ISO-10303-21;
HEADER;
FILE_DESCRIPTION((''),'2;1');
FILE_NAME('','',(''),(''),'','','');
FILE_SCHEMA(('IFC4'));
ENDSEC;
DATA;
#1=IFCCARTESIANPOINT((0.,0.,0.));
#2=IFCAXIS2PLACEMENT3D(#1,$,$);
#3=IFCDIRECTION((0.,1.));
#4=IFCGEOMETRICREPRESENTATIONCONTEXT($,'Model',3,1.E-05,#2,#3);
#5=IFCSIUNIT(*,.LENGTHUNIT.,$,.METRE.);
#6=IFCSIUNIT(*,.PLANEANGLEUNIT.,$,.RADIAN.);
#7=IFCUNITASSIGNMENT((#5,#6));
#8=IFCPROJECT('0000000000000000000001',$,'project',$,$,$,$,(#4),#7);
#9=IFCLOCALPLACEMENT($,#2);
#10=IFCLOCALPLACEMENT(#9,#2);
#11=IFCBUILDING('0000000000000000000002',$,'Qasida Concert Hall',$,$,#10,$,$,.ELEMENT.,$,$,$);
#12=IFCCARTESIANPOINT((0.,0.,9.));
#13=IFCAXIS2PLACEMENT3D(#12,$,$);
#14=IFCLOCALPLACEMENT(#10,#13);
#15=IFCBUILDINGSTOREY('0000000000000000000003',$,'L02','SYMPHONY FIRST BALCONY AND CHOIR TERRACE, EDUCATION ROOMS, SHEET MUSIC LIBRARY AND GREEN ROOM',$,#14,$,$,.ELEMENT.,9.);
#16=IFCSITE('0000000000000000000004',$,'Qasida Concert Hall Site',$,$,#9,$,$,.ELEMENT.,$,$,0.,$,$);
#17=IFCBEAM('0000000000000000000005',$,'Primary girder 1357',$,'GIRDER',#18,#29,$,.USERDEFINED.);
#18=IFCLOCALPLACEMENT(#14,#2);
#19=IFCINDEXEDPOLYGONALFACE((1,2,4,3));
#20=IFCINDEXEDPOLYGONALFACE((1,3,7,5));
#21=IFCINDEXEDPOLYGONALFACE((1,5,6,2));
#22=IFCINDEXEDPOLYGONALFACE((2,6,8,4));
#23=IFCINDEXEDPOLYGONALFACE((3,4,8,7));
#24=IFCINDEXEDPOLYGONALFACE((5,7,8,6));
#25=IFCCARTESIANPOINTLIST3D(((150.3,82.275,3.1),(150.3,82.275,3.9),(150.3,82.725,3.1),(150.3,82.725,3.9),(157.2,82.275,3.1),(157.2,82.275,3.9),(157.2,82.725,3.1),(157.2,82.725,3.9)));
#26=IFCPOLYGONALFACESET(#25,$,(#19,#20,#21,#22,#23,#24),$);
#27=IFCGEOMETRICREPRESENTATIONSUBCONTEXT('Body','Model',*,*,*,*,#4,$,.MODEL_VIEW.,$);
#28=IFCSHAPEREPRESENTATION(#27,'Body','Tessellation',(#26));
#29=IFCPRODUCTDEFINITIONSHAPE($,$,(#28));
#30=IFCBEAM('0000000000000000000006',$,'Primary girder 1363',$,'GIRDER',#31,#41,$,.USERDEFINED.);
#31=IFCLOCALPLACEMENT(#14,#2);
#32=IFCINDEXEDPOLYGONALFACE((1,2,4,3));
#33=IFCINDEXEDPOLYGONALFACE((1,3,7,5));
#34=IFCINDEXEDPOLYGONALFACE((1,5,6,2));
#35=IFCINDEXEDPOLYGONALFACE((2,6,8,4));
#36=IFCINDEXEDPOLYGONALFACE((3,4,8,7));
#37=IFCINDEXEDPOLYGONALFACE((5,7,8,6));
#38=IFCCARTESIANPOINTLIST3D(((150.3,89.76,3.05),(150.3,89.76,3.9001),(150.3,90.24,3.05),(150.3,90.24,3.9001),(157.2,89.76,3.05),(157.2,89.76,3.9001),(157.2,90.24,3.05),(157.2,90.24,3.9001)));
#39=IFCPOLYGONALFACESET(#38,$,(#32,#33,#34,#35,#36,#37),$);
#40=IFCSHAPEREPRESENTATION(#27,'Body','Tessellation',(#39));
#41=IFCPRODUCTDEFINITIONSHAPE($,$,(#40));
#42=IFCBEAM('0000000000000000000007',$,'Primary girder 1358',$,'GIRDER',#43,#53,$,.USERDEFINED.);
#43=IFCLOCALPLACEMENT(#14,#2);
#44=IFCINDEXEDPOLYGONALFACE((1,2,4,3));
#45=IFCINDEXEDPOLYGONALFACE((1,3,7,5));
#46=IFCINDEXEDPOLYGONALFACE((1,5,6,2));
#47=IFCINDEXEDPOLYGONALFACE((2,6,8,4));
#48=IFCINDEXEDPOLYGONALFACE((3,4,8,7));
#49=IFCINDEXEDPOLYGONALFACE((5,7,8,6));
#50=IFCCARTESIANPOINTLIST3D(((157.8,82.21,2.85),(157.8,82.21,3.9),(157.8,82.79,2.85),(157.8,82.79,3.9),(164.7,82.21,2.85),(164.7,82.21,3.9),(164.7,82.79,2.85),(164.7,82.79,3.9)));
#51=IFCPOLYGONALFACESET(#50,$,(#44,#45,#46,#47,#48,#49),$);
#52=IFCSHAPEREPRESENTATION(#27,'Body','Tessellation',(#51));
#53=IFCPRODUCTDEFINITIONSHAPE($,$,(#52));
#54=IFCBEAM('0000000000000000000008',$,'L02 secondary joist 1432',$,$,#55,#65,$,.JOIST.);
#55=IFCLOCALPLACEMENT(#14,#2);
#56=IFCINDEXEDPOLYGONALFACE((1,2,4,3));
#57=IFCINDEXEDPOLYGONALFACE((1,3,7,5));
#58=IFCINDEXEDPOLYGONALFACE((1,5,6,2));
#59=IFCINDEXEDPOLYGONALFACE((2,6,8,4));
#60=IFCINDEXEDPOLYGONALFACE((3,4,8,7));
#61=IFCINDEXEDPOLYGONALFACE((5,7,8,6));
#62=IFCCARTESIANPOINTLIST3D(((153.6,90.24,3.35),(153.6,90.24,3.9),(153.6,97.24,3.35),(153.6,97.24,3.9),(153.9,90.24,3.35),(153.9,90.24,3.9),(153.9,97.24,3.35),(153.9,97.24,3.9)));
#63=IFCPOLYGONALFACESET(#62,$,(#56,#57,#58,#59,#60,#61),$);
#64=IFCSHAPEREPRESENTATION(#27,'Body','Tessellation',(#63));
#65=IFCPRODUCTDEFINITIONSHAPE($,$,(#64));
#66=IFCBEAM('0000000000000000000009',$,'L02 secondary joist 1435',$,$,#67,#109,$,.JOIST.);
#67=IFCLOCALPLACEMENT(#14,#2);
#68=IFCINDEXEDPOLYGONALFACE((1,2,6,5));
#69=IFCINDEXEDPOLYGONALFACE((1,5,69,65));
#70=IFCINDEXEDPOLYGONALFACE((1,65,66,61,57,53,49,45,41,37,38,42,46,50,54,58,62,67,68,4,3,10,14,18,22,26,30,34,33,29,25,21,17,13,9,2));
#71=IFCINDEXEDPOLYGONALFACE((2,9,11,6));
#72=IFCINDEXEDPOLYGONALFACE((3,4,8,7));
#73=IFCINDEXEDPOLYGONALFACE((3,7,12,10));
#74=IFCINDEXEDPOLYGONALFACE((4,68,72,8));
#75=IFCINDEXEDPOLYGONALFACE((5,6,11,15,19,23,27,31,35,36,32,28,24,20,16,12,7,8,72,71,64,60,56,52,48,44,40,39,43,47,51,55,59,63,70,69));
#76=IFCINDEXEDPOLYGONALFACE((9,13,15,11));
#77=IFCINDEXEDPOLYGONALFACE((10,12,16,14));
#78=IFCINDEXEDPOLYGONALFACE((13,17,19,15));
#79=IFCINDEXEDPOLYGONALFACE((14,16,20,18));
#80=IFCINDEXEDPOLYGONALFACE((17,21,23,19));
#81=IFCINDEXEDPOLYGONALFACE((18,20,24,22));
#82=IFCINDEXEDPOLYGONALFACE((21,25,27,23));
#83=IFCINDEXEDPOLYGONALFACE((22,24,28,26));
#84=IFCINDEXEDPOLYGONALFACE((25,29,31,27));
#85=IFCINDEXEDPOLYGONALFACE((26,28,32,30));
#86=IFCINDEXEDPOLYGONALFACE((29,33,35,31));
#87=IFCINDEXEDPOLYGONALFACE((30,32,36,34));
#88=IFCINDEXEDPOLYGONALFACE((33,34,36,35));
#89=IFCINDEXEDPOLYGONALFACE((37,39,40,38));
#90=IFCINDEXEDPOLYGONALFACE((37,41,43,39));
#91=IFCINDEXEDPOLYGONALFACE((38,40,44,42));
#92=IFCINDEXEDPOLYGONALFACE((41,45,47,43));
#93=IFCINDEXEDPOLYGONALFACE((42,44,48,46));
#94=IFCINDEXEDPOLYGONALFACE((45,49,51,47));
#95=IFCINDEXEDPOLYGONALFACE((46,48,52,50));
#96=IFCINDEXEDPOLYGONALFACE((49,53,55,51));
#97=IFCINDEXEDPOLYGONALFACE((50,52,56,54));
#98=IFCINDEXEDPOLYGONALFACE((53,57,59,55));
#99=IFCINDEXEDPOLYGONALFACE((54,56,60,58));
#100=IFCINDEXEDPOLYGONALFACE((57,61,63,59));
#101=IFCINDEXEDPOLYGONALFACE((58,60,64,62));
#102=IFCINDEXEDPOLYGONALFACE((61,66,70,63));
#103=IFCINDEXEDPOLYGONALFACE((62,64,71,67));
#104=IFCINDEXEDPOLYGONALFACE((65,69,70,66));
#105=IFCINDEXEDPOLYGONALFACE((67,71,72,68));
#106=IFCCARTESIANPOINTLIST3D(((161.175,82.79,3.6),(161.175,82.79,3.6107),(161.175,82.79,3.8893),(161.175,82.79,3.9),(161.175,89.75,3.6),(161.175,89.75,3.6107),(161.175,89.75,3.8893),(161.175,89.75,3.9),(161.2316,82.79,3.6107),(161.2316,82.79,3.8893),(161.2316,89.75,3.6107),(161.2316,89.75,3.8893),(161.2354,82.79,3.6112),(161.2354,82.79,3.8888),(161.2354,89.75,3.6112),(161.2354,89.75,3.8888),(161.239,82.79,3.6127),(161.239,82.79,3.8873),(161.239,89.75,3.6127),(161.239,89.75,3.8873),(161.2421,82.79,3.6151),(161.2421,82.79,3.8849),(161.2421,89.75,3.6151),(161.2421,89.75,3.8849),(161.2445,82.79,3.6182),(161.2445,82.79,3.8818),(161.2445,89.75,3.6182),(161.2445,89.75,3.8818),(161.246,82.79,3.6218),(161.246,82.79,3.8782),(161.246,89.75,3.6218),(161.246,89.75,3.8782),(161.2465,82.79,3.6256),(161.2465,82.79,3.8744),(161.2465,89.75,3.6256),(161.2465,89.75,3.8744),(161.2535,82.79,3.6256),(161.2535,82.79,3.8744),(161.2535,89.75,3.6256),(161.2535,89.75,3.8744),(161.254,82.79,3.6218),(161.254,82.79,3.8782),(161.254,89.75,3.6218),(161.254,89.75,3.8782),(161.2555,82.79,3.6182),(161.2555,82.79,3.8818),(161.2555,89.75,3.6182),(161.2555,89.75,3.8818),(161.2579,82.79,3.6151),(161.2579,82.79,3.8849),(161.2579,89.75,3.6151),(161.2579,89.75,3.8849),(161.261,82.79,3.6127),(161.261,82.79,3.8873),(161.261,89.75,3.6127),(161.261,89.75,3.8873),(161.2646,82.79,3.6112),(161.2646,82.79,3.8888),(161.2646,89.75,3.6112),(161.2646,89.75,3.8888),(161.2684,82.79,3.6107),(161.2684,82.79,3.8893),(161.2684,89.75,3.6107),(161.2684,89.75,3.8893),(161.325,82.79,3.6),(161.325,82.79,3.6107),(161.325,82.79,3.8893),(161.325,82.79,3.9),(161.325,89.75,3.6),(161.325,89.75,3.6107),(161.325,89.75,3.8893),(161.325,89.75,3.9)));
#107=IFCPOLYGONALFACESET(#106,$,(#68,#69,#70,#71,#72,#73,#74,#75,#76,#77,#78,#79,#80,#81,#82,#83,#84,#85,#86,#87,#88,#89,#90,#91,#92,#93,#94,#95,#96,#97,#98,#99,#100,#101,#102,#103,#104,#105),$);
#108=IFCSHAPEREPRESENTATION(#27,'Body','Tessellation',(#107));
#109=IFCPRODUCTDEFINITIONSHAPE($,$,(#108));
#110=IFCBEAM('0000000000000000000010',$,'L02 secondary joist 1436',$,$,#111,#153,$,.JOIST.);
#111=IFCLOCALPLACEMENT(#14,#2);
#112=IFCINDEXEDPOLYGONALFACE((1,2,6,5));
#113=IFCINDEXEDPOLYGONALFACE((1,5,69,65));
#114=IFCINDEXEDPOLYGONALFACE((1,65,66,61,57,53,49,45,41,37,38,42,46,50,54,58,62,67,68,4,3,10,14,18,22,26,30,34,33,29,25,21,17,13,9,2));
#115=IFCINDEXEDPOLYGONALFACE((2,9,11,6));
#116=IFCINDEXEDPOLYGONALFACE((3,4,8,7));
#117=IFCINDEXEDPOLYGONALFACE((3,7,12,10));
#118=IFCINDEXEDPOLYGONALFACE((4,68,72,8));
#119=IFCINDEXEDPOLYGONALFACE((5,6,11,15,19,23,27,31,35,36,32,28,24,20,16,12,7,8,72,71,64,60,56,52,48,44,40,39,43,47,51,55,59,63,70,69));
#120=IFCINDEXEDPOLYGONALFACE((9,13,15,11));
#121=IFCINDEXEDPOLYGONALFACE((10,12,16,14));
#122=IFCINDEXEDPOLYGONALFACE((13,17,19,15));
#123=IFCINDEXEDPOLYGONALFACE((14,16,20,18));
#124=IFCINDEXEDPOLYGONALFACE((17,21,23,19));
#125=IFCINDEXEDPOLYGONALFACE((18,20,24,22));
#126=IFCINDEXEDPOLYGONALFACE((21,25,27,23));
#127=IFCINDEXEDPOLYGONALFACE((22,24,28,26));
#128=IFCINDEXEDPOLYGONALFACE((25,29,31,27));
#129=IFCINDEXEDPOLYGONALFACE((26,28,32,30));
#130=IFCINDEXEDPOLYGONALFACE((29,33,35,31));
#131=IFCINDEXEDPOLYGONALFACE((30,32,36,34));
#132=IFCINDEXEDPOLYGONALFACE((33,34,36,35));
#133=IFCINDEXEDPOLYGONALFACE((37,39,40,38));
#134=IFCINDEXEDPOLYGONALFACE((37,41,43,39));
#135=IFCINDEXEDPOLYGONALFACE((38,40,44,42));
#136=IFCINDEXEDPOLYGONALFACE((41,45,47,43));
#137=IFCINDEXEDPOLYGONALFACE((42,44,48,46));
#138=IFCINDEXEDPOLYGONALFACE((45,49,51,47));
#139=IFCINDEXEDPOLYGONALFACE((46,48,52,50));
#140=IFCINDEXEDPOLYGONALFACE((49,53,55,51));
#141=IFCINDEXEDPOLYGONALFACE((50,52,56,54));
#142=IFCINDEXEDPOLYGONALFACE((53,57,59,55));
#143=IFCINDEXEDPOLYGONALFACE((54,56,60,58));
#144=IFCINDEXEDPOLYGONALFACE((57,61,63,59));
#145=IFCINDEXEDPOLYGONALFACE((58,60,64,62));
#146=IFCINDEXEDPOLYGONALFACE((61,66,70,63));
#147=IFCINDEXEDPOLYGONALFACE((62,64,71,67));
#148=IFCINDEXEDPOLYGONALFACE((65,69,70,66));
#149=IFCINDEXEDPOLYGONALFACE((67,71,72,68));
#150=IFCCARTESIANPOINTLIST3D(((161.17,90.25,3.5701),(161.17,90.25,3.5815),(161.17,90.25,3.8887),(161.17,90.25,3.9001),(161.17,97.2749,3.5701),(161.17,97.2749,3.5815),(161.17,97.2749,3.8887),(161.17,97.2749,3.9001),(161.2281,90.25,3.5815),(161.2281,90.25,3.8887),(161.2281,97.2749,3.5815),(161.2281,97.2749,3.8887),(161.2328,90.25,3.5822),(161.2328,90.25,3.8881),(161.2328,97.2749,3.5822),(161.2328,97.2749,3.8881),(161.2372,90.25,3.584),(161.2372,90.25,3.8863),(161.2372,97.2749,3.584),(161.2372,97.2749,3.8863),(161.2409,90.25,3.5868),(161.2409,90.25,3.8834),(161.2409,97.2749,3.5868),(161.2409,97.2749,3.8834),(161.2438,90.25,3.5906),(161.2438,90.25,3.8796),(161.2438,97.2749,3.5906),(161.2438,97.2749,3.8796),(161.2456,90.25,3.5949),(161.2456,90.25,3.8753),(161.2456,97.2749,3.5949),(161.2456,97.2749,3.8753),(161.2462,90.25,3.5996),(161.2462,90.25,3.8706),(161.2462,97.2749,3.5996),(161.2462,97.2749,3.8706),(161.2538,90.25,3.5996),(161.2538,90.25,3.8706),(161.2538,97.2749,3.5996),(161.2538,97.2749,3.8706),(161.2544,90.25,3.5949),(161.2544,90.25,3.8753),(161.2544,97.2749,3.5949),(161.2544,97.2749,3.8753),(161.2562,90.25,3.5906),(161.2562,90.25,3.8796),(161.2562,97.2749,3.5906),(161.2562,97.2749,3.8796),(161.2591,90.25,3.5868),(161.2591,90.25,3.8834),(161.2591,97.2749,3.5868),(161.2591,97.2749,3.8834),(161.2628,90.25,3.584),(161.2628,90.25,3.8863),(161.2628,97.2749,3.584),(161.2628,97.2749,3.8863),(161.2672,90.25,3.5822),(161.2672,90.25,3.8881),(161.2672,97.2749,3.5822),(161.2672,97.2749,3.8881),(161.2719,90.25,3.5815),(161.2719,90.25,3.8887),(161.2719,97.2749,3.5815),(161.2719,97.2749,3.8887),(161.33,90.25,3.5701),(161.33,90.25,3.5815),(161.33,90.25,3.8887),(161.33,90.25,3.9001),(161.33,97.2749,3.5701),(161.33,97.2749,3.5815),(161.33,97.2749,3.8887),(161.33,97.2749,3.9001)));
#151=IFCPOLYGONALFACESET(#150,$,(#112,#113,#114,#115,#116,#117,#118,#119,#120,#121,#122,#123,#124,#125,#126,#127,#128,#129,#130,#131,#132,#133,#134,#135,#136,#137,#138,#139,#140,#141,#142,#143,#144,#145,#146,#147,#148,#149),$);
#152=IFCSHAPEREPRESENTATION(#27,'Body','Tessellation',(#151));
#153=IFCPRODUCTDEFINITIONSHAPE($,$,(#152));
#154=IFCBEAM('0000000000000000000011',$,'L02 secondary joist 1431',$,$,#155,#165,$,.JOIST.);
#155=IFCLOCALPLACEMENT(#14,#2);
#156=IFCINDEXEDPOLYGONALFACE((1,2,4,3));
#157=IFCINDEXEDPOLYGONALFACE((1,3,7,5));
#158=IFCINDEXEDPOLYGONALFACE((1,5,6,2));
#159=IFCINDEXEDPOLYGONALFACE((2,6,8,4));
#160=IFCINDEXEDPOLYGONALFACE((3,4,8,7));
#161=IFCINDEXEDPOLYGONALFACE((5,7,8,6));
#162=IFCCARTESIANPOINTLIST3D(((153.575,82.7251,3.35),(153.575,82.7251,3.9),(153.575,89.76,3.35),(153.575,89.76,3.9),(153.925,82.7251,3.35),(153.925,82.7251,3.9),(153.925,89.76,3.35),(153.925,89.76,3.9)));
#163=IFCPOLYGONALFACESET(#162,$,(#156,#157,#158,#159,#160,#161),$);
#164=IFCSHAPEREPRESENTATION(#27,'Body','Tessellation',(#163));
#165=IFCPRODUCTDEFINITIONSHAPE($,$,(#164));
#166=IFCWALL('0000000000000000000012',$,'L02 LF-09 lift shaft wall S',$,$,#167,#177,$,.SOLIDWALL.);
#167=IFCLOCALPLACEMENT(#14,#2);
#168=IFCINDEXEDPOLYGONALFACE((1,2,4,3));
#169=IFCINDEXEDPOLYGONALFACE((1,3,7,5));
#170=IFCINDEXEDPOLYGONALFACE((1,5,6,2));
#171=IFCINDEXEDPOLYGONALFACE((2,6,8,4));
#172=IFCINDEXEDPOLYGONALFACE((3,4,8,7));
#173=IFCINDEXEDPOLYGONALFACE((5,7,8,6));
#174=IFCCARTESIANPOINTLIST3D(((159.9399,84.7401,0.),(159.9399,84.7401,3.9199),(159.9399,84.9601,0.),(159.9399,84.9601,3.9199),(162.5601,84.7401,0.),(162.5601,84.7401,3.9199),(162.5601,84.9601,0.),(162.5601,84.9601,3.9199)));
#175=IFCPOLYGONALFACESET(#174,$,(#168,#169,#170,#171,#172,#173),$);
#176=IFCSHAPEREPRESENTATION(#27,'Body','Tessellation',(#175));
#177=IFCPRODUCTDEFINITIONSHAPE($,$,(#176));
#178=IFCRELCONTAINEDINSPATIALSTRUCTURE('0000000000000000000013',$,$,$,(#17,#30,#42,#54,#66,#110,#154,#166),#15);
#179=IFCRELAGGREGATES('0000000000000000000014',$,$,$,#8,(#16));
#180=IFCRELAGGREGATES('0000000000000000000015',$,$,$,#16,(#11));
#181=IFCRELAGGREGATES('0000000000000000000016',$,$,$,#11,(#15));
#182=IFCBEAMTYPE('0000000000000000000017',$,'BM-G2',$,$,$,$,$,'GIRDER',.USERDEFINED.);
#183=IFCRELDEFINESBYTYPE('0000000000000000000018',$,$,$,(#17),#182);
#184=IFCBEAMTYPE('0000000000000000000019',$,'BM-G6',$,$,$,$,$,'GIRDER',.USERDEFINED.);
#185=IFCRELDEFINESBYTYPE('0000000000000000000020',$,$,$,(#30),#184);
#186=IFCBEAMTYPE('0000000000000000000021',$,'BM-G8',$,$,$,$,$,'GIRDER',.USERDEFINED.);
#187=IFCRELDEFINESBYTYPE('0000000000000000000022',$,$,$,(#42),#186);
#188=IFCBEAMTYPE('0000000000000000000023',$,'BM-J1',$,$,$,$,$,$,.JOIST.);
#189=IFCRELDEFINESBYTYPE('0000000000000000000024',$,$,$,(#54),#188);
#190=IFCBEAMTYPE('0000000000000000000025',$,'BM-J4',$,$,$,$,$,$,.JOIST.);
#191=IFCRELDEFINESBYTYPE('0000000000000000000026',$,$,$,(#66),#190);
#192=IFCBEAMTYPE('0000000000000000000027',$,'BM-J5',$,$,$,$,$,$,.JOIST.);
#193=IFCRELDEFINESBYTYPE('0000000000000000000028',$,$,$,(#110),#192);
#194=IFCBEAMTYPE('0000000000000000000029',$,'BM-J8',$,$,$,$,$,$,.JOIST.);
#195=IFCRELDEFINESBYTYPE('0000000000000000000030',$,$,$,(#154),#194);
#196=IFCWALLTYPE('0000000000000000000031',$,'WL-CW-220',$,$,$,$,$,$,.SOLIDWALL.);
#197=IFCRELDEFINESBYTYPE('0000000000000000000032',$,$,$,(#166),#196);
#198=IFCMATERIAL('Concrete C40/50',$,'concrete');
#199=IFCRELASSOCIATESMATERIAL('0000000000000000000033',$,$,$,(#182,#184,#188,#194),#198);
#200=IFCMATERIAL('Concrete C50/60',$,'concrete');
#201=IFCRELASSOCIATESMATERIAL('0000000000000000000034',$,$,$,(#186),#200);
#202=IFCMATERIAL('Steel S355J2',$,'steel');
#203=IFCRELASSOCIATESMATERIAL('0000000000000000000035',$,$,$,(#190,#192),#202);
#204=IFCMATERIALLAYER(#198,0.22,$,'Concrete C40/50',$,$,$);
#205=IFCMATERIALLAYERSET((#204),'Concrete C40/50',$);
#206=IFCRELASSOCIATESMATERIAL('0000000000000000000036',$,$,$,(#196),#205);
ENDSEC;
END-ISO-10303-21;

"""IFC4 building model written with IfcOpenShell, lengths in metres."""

from ifc_helpers import new_model, si_unit, direction, frame, frame_2d, origin, origin_2d, place, context, subcontext, project, spatial, rectangle, i_section, extrude, material, layer, layer_set, material_profile, profile_set, type_object, element, save


model = new_model("IFC4")

# Units and contexts
model_context = context("Model", 3, precision=1e-05, world=origin(), true_north=direction((0.0, 1.0)))
body_context = subcontext(model_context, "Body", "Model", "MODEL_VIEW")
ifc_project = project(units=[si_unit("LENGTHUNIT", "METRE"), si_unit("PLANEANGLEUNIT", "RADIAN")], contexts=[model_context])

# Site, building, storey
site_placement = place(None, origin())
site = spatial("IfcSite", under=ifc_project, at=site_placement, Name="Qasida Concert Hall Site", CompositionType="ELEMENT", RefElevation=0.0)
building_placement = place(site_placement, origin())
building = spatial("IfcBuilding", under=site, at=building_placement, Name="Qasida Concert Hall", CompositionType="ELEMENT")
storey_placement = place(building_placement, frame((0.0, 0.0, 9.0)))
storey = spatial("IfcBuildingStorey", under=building, at=storey_placement, Name="L02", Description="SYMPHONY FIRST BALCONY AND CHOIR TERRACE, EDUCATION ROOMS, SHEET MUSIC LIBRARY AND GREEN ROOM", CompositionType="ELEMENT", Elevation=9.0)

# Shared definitions
ifc_material_1 = material(Name="Concrete C50/60", Category="concrete")

# Beams
ifc_material_2 = material(Name="Concrete C40/50", Category="concrete")
ifc_material_3 = material(Name="Steel S355J2", Category="steel")
ifc_material_profile_1 = material_profile(ifc_material_2, rectangle(XDim=0.45, YDim=0.8, at=origin_2d()), Name="RC 450x800")
ifc_profile_set_1 = profile_set([ifc_material_profile_1], Name="Concrete C40/50")
beam_type_1 = type_object("IfcBeamType", Name="BM-G2", ElementType="GIRDER", PredefinedType="USERDEFINED", material=ifc_profile_set_1)
beam_1_placement = place(storey_placement, frame((150.3, 82.5, 3.5), z_axis=(1.0, 0.0, 0.0), x_axis=(0.0, 1.0, 0.0)))
element("IfcBeam", 1, at=beam_1_placement, inside=storey, type_object=beam_type_1, Name="Primary girder 1357", ObjectType="GIRDER", PredefinedType="USERDEFINED", context=body_context, shape_type="SweptSolid", body=[
    extrude(rectangle(XDim=0.45, YDim=0.8, at=origin_2d()), origin(), (0.0, 0.0, 1.0), 6.8999),
])
ifc_material_profile_2 = material_profile(ifc_material_2, rectangle(XDim=0.48, YDim=0.8501, at=origin_2d()), Name="RC 480x850")
ifc_profile_set_2 = profile_set([ifc_material_profile_2], Name="Concrete C40/50")
beam_type_2 = type_object("IfcBeamType", Name="BM-G6", ElementType="GIRDER", PredefinedType="USERDEFINED", material=ifc_profile_set_2)
beam_2_placement = place(storey_placement, frame((150.3, 90.0, 3.4751), z_axis=(1.0, 0.0, 0.0), x_axis=(0.0, 1.0, 0.0)))
element("IfcBeam", 2, at=beam_2_placement, inside=storey, type_object=beam_type_2, Name="Primary girder 1363", ObjectType="GIRDER", PredefinedType="USERDEFINED", context=body_context, shape_type="SweptSolid", body=[
    extrude(rectangle(XDim=0.48, YDim=0.8501, at=origin_2d()), origin(), (0.0, 0.0, 1.0), 6.8999),
])
ifc_material_profile_3 = material_profile(ifc_material_1, rectangle(XDim=0.5801, YDim=1.05, at=origin_2d()), Name="RC 580x1050")
ifc_profile_set_3 = profile_set([ifc_material_profile_3], Name="Concrete C50/60")
beam_type_3 = type_object("IfcBeamType", Name="BM-G8", ElementType="GIRDER", PredefinedType="USERDEFINED", material=ifc_profile_set_3)
beam_3_placement = place(storey_placement, frame((157.8, 82.5, 3.375), z_axis=(1.0, 0.0, 0.0), x_axis=(0.0, 1.0, 0.0)))
element("IfcBeam", 3, at=beam_3_placement, inside=storey, type_object=beam_type_3, Name="Primary girder 1358", ObjectType="GIRDER", PredefinedType="USERDEFINED", context=body_context, shape_type="SweptSolid", body=[
    extrude(rectangle(XDim=0.5801, YDim=1.05, at=origin_2d()), origin(), (0.0, 0.0, 1.0), 6.8999),
])
ifc_material_profile_4 = material_profile(ifc_material_2, rectangle(XDim=0.3, YDim=0.55, at=origin_2d()), Name="RC 300x550")
ifc_profile_set_4 = profile_set([ifc_material_profile_4], Name="Concrete C40/50")
beam_type_4 = type_object("IfcBeamType", Name="BM-J1", PredefinedType="JOIST", material=ifc_profile_set_4)
beam_4_placement = place(storey_placement, frame((153.75, 90.24, 3.625), z_axis=(0.0, 1.0, 0.0), x_axis=(-1.0, 0.0, 0.0)))
element("IfcBeam", 4, at=beam_4_placement, inside=storey, type_object=beam_type_4, Name="L02 secondary joist 1432", PredefinedType="JOIST", context=body_context, shape_type="SweptSolid", body=[
    extrude(rectangle(XDim=0.3, YDim=0.55, at=origin_2d()), origin(), (0.0, 0.0, 1.0), 7.0),
])
ifc_material_profile_5 = material_profile(ifc_material_3, i_section(OverallWidth=0.1499, OverallDepth=0.3, WebThickness=0.0071, FlangeThickness=0.0107, FilletRadius=0.0149, at=origin_2d()), Name="IPE 300")
ifc_profile_set_5 = profile_set([ifc_material_profile_5], Name="Steel S355J2")
beam_type_5 = type_object("IfcBeamType", Name="BM-J4", PredefinedType="JOIST", material=ifc_profile_set_5)
beam_5_placement = place(storey_placement, frame((161.25, 82.79, 3.75), z_axis=(0.0, 1.0, 0.0), x_axis=(-1.0, 0.0, 0.0)))
element("IfcBeam", 5, at=beam_5_placement, inside=storey, type_object=beam_type_5, Name="L02 secondary joist 1435", PredefinedType="JOIST", context=body_context, shape_type="SweptSolid", body=[
    extrude(i_section(OverallWidth=0.1499, OverallDepth=0.3, WebThickness=0.0071, FlangeThickness=0.0107, FilletRadius=0.0149, at=origin_2d()), origin(), (0.0, 0.0, 1.0), 6.96),
])
ifc_material_profile_6 = material_profile(ifc_material_3, i_section(OverallWidth=0.1599, OverallDepth=0.3301, WebThickness=0.0076, FlangeThickness=0.0115, FilletRadius=0.0181, at=origin_2d()), Name="IPE 330")
ifc_profile_set_6 = profile_set([ifc_material_profile_6], Name="Steel S355J2")
beam_type_6 = type_object("IfcBeamType", Name="BM-J5", PredefinedType="JOIST", material=ifc_profile_set_6)
beam_6_placement = place(storey_placement, frame((161.25, 90.25, 3.7351), z_axis=(0.0, 1.0, 0.0), x_axis=(-1.0, 0.0, 0.0)))
element("IfcBeam", 6, at=beam_6_placement, inside=storey, type_object=beam_type_6, Name="L02 secondary joist 1436", PredefinedType="JOIST", context=body_context, shape_type="SweptSolid", body=[
    extrude(i_section(OverallWidth=0.1599, OverallDepth=0.3301, WebThickness=0.0076, FlangeThickness=0.0115, FilletRadius=0.0181, at=origin_2d()), origin(), (0.0, 0.0, 1.0), 7.0249),
])
ifc_material_profile_7 = material_profile(ifc_material_2, rectangle(XDim=0.3501, YDim=0.55, at=origin_2d()), Name="RC 350x550")
ifc_profile_set_7 = profile_set([ifc_material_profile_7], Name="Concrete C40/50")
beam_type_7 = type_object("IfcBeamType", Name="BM-J8", PredefinedType="JOIST", material=ifc_profile_set_7)
beam_7_placement = place(storey_placement, frame((153.75, 82.7251, 3.625), z_axis=(0.0, 1.0, 0.0), x_axis=(-1.0, 0.0, 0.0)))
element("IfcBeam", 7, at=beam_7_placement, inside=storey, type_object=beam_type_7, Name="L02 secondary joist 1431", PredefinedType="JOIST", context=body_context, shape_type="SweptSolid", body=[
    extrude(rectangle(XDim=0.3501, YDim=0.55, at=origin_2d()), origin(), (0.0, 0.0, 1.0), 7.0349),
])

# Wall
ifc_layer_1 = layer(ifc_material_2, 0.22, Name="Concrete C40/50")
ifc_layer_set_1 = layer_set([ifc_layer_1], Name="Concrete C40/50")
wall_type_1 = type_object("IfcWallType", Name="WL-CW-220", PredefinedType="SOLIDWALL", material=ifc_layer_set_1)
for number, where, z_axis, x_axis, name in (
    (8, (159.9399, 84.8501, 0.0), (0.0, 0.0, 1.0), (1.0, 0.0, 0.0), "L02 LF-09 lift shaft wall S"),
):
    element("IfcWall", number, at=place(storey_placement, frame(where, z_axis=z_axis, x_axis=x_axis)), inside=storey, type_object=wall_type_1, Name=name, PredefinedType="SOLIDWALL", context=body_context, shape_type="SweptSolid", body=[
        extrude(rectangle(XDim=2.6201, YDim=0.22, at=frame_2d((1.3101, 0.0))), origin(), (0.0, 0.0, 1.0), 3.9199),
    ])

save(model, "model.ifc")
